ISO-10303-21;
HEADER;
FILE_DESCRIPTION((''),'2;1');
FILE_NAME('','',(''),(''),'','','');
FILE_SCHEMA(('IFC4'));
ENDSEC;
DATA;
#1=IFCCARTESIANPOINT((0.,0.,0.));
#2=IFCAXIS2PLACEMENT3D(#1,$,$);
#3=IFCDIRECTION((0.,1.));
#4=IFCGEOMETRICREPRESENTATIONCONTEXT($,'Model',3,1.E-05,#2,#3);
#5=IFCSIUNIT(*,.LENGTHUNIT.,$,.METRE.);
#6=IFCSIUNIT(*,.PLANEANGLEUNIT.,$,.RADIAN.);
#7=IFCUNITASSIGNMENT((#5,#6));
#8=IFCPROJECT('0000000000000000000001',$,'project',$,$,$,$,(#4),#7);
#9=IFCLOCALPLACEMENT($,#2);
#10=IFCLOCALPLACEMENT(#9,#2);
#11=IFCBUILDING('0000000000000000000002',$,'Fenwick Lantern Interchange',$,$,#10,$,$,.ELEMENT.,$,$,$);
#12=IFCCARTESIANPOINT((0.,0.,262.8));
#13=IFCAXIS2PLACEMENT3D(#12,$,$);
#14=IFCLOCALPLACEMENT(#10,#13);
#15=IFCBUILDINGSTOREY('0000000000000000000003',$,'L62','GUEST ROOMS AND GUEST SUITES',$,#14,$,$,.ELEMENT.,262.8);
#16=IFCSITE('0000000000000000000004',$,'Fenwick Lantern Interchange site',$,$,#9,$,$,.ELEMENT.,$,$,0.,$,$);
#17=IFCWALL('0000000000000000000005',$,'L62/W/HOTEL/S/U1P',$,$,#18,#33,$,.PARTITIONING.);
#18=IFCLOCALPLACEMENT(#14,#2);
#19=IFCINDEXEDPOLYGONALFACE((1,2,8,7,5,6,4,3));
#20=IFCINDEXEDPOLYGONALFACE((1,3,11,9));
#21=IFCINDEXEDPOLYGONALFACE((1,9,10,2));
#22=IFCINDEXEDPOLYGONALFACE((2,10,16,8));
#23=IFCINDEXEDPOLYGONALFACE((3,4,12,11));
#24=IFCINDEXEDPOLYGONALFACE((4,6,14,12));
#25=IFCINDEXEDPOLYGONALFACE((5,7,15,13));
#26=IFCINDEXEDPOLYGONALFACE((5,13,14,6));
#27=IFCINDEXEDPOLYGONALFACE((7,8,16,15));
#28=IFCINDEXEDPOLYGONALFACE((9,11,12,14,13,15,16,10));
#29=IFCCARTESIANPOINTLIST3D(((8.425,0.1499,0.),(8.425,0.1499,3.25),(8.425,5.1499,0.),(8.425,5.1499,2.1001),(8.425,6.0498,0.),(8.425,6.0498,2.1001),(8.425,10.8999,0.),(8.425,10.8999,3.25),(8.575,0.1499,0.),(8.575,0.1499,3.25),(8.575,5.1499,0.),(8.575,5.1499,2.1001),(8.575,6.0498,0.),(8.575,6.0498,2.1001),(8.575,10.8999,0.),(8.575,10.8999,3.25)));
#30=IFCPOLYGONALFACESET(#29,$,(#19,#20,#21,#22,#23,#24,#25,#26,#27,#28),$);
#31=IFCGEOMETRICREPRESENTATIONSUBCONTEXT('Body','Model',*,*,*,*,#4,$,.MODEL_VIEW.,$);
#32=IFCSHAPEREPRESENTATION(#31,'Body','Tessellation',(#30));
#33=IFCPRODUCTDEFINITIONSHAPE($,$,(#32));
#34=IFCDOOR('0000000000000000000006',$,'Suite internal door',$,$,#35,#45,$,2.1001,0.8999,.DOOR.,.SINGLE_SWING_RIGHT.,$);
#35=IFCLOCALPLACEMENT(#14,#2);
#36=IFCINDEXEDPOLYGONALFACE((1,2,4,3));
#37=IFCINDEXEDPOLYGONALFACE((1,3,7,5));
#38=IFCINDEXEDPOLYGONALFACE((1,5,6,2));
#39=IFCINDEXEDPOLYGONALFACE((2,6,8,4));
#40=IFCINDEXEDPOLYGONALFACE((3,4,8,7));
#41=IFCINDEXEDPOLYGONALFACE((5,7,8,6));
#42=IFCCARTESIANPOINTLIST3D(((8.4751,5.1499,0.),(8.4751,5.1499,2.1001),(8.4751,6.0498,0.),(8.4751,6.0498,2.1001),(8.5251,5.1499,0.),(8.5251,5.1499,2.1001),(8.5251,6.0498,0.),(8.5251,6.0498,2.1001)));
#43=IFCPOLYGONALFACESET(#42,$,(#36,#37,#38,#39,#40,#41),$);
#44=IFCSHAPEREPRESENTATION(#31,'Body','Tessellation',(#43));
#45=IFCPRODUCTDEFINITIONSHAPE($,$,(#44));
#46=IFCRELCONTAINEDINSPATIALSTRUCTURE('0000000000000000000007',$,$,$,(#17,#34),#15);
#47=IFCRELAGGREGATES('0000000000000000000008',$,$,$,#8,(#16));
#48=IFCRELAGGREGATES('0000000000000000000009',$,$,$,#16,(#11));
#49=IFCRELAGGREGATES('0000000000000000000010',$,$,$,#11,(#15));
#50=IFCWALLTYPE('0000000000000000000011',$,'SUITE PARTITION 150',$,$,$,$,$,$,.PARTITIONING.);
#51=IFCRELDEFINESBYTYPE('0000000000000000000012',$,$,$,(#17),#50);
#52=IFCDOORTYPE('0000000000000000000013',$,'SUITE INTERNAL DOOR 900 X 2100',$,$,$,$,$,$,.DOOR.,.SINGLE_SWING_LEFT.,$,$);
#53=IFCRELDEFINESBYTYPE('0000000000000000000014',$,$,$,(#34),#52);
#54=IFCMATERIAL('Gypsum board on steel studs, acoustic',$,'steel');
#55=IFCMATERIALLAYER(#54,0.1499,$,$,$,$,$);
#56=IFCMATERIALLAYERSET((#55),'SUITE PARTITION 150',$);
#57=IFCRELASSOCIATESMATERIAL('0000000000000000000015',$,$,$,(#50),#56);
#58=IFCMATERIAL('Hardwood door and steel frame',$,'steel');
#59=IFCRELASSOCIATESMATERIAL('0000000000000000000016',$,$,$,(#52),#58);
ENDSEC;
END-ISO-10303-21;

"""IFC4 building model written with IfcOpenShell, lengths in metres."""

from ifc_helpers import new_model, si_unit, direction, frame, frame_2d, origin, place, context, subcontext, project, spatial, rectangle, extrude, material, layer, layer_set, type_object, element, fill, save


model = new_model("IFC4")

# Units and contexts
model_context = context("Model", 3, precision=1e-05, world=origin(), true_north=direction((0.0, 1.0)))
body_context = subcontext(model_context, "Body", "Model", "MODEL_VIEW")
ifc_project = project(units=[si_unit("LENGTHUNIT", "METRE"), si_unit("PLANEANGLEUNIT", "RADIAN")], contexts=[model_context])

# Site, building, storey
site_placement = place(None, origin())
site = spatial("IfcSite", under=ifc_project, at=site_placement, Name="Fenwick Lantern Interchange site", CompositionType="ELEMENT", RefElevation=0.0)
building_placement = place(site_placement, origin())
building = spatial("IfcBuilding", under=site, at=building_placement, Name="Fenwick Lantern Interchange", CompositionType="ELEMENT")
storey_placement = place(building_placement, frame((0.0, 0.0, 262.8)))
storey = spatial("IfcBuildingStorey", under=building, at=storey_placement, Name="L62", Description="GUEST ROOMS AND GUEST SUITES", CompositionType="ELEMENT", Elevation=262.8)

# Wall, opening, door
ifc_material_1 = material(Name="Gypsum board on steel studs, acoustic", Category="steel")
ifc_layer_1 = layer(ifc_material_1, 0.1499)
ifc_layer_set_1 = layer_set([ifc_layer_1], Name="SUITE PARTITION 150")
wall_type_1 = type_object("IfcWallType", Name="SUITE PARTITION 150", PredefinedType="PARTITIONING", material=ifc_layer_set_1)
wall_1_placement = place(storey_placement, frame((8.5, 0.1499, 0.0), z_axis=(0.0, 0.0, 1.0), x_axis=(0.0, 1.0, 0.0)))
wall_1 = element("IfcWall", 1, at=wall_1_placement, inside=storey, type_object=wall_type_1, Name="L62/W/HOTEL/S/U1P", PredefinedType="PARTITIONING", context=body_context, shape_type="SweptSolid", body=[
    extrude(rectangle(XDim=10.75, YDim=0.1499, at=frame_2d((5.375, 0.0))), origin(), (0.0, 0.0, 1.0), 3.25),
])
opening_placement = place(wall_1_placement, frame((5.0, 0.0, 0.0)))
opening = element("IfcOpeningElement", 2, at=opening_placement, cuts=wall_1, PredefinedType="OPENING", context=body_context, shape_type="SweptSolid", body=[
    extrude(rectangle(XDim=0.8999, YDim=2.1001, at=frame_2d((0.45, 1.05))), frame((0.0, 0.085, 0.0), z_axis=(0.0, -1.0, 0.0), x_axis=(1.0, 0.0, 0.0)), (0.0, 0.0, 1.0), 0.1699),
])
ifc_material_2 = material(Name="Hardwood door and steel frame", Category="steel")
door_type = type_object("IfcDoorType", Name="SUITE INTERNAL DOOR 900 X 2100", OperationType="SINGLE_SWING_LEFT", PredefinedType="DOOR", material=ifc_material_2)
door_placement = place(opening_placement, origin())
door = element("IfcDoor", 3, at=door_placement, inside=storey, type_object=door_type, Name="Suite internal door", OperationType="SINGLE_SWING_RIGHT", OverallHeight=2.1001, OverallWidth=0.8999, PredefinedType="DOOR", context=body_context, shape_type="SweptSolid", body=[
    extrude(rectangle(XDim=0.8999, YDim=2.1001, at=frame_2d((0.45, 1.05))), frame((0.0, 0.0249, 0.0), z_axis=(0.0, -1.0, 0.0), x_axis=(1.0, 0.0, 0.0)), (0.0, 0.0, 1.0), 0.05),
])
fill(opening, door)

save(model, "model.ifc")
